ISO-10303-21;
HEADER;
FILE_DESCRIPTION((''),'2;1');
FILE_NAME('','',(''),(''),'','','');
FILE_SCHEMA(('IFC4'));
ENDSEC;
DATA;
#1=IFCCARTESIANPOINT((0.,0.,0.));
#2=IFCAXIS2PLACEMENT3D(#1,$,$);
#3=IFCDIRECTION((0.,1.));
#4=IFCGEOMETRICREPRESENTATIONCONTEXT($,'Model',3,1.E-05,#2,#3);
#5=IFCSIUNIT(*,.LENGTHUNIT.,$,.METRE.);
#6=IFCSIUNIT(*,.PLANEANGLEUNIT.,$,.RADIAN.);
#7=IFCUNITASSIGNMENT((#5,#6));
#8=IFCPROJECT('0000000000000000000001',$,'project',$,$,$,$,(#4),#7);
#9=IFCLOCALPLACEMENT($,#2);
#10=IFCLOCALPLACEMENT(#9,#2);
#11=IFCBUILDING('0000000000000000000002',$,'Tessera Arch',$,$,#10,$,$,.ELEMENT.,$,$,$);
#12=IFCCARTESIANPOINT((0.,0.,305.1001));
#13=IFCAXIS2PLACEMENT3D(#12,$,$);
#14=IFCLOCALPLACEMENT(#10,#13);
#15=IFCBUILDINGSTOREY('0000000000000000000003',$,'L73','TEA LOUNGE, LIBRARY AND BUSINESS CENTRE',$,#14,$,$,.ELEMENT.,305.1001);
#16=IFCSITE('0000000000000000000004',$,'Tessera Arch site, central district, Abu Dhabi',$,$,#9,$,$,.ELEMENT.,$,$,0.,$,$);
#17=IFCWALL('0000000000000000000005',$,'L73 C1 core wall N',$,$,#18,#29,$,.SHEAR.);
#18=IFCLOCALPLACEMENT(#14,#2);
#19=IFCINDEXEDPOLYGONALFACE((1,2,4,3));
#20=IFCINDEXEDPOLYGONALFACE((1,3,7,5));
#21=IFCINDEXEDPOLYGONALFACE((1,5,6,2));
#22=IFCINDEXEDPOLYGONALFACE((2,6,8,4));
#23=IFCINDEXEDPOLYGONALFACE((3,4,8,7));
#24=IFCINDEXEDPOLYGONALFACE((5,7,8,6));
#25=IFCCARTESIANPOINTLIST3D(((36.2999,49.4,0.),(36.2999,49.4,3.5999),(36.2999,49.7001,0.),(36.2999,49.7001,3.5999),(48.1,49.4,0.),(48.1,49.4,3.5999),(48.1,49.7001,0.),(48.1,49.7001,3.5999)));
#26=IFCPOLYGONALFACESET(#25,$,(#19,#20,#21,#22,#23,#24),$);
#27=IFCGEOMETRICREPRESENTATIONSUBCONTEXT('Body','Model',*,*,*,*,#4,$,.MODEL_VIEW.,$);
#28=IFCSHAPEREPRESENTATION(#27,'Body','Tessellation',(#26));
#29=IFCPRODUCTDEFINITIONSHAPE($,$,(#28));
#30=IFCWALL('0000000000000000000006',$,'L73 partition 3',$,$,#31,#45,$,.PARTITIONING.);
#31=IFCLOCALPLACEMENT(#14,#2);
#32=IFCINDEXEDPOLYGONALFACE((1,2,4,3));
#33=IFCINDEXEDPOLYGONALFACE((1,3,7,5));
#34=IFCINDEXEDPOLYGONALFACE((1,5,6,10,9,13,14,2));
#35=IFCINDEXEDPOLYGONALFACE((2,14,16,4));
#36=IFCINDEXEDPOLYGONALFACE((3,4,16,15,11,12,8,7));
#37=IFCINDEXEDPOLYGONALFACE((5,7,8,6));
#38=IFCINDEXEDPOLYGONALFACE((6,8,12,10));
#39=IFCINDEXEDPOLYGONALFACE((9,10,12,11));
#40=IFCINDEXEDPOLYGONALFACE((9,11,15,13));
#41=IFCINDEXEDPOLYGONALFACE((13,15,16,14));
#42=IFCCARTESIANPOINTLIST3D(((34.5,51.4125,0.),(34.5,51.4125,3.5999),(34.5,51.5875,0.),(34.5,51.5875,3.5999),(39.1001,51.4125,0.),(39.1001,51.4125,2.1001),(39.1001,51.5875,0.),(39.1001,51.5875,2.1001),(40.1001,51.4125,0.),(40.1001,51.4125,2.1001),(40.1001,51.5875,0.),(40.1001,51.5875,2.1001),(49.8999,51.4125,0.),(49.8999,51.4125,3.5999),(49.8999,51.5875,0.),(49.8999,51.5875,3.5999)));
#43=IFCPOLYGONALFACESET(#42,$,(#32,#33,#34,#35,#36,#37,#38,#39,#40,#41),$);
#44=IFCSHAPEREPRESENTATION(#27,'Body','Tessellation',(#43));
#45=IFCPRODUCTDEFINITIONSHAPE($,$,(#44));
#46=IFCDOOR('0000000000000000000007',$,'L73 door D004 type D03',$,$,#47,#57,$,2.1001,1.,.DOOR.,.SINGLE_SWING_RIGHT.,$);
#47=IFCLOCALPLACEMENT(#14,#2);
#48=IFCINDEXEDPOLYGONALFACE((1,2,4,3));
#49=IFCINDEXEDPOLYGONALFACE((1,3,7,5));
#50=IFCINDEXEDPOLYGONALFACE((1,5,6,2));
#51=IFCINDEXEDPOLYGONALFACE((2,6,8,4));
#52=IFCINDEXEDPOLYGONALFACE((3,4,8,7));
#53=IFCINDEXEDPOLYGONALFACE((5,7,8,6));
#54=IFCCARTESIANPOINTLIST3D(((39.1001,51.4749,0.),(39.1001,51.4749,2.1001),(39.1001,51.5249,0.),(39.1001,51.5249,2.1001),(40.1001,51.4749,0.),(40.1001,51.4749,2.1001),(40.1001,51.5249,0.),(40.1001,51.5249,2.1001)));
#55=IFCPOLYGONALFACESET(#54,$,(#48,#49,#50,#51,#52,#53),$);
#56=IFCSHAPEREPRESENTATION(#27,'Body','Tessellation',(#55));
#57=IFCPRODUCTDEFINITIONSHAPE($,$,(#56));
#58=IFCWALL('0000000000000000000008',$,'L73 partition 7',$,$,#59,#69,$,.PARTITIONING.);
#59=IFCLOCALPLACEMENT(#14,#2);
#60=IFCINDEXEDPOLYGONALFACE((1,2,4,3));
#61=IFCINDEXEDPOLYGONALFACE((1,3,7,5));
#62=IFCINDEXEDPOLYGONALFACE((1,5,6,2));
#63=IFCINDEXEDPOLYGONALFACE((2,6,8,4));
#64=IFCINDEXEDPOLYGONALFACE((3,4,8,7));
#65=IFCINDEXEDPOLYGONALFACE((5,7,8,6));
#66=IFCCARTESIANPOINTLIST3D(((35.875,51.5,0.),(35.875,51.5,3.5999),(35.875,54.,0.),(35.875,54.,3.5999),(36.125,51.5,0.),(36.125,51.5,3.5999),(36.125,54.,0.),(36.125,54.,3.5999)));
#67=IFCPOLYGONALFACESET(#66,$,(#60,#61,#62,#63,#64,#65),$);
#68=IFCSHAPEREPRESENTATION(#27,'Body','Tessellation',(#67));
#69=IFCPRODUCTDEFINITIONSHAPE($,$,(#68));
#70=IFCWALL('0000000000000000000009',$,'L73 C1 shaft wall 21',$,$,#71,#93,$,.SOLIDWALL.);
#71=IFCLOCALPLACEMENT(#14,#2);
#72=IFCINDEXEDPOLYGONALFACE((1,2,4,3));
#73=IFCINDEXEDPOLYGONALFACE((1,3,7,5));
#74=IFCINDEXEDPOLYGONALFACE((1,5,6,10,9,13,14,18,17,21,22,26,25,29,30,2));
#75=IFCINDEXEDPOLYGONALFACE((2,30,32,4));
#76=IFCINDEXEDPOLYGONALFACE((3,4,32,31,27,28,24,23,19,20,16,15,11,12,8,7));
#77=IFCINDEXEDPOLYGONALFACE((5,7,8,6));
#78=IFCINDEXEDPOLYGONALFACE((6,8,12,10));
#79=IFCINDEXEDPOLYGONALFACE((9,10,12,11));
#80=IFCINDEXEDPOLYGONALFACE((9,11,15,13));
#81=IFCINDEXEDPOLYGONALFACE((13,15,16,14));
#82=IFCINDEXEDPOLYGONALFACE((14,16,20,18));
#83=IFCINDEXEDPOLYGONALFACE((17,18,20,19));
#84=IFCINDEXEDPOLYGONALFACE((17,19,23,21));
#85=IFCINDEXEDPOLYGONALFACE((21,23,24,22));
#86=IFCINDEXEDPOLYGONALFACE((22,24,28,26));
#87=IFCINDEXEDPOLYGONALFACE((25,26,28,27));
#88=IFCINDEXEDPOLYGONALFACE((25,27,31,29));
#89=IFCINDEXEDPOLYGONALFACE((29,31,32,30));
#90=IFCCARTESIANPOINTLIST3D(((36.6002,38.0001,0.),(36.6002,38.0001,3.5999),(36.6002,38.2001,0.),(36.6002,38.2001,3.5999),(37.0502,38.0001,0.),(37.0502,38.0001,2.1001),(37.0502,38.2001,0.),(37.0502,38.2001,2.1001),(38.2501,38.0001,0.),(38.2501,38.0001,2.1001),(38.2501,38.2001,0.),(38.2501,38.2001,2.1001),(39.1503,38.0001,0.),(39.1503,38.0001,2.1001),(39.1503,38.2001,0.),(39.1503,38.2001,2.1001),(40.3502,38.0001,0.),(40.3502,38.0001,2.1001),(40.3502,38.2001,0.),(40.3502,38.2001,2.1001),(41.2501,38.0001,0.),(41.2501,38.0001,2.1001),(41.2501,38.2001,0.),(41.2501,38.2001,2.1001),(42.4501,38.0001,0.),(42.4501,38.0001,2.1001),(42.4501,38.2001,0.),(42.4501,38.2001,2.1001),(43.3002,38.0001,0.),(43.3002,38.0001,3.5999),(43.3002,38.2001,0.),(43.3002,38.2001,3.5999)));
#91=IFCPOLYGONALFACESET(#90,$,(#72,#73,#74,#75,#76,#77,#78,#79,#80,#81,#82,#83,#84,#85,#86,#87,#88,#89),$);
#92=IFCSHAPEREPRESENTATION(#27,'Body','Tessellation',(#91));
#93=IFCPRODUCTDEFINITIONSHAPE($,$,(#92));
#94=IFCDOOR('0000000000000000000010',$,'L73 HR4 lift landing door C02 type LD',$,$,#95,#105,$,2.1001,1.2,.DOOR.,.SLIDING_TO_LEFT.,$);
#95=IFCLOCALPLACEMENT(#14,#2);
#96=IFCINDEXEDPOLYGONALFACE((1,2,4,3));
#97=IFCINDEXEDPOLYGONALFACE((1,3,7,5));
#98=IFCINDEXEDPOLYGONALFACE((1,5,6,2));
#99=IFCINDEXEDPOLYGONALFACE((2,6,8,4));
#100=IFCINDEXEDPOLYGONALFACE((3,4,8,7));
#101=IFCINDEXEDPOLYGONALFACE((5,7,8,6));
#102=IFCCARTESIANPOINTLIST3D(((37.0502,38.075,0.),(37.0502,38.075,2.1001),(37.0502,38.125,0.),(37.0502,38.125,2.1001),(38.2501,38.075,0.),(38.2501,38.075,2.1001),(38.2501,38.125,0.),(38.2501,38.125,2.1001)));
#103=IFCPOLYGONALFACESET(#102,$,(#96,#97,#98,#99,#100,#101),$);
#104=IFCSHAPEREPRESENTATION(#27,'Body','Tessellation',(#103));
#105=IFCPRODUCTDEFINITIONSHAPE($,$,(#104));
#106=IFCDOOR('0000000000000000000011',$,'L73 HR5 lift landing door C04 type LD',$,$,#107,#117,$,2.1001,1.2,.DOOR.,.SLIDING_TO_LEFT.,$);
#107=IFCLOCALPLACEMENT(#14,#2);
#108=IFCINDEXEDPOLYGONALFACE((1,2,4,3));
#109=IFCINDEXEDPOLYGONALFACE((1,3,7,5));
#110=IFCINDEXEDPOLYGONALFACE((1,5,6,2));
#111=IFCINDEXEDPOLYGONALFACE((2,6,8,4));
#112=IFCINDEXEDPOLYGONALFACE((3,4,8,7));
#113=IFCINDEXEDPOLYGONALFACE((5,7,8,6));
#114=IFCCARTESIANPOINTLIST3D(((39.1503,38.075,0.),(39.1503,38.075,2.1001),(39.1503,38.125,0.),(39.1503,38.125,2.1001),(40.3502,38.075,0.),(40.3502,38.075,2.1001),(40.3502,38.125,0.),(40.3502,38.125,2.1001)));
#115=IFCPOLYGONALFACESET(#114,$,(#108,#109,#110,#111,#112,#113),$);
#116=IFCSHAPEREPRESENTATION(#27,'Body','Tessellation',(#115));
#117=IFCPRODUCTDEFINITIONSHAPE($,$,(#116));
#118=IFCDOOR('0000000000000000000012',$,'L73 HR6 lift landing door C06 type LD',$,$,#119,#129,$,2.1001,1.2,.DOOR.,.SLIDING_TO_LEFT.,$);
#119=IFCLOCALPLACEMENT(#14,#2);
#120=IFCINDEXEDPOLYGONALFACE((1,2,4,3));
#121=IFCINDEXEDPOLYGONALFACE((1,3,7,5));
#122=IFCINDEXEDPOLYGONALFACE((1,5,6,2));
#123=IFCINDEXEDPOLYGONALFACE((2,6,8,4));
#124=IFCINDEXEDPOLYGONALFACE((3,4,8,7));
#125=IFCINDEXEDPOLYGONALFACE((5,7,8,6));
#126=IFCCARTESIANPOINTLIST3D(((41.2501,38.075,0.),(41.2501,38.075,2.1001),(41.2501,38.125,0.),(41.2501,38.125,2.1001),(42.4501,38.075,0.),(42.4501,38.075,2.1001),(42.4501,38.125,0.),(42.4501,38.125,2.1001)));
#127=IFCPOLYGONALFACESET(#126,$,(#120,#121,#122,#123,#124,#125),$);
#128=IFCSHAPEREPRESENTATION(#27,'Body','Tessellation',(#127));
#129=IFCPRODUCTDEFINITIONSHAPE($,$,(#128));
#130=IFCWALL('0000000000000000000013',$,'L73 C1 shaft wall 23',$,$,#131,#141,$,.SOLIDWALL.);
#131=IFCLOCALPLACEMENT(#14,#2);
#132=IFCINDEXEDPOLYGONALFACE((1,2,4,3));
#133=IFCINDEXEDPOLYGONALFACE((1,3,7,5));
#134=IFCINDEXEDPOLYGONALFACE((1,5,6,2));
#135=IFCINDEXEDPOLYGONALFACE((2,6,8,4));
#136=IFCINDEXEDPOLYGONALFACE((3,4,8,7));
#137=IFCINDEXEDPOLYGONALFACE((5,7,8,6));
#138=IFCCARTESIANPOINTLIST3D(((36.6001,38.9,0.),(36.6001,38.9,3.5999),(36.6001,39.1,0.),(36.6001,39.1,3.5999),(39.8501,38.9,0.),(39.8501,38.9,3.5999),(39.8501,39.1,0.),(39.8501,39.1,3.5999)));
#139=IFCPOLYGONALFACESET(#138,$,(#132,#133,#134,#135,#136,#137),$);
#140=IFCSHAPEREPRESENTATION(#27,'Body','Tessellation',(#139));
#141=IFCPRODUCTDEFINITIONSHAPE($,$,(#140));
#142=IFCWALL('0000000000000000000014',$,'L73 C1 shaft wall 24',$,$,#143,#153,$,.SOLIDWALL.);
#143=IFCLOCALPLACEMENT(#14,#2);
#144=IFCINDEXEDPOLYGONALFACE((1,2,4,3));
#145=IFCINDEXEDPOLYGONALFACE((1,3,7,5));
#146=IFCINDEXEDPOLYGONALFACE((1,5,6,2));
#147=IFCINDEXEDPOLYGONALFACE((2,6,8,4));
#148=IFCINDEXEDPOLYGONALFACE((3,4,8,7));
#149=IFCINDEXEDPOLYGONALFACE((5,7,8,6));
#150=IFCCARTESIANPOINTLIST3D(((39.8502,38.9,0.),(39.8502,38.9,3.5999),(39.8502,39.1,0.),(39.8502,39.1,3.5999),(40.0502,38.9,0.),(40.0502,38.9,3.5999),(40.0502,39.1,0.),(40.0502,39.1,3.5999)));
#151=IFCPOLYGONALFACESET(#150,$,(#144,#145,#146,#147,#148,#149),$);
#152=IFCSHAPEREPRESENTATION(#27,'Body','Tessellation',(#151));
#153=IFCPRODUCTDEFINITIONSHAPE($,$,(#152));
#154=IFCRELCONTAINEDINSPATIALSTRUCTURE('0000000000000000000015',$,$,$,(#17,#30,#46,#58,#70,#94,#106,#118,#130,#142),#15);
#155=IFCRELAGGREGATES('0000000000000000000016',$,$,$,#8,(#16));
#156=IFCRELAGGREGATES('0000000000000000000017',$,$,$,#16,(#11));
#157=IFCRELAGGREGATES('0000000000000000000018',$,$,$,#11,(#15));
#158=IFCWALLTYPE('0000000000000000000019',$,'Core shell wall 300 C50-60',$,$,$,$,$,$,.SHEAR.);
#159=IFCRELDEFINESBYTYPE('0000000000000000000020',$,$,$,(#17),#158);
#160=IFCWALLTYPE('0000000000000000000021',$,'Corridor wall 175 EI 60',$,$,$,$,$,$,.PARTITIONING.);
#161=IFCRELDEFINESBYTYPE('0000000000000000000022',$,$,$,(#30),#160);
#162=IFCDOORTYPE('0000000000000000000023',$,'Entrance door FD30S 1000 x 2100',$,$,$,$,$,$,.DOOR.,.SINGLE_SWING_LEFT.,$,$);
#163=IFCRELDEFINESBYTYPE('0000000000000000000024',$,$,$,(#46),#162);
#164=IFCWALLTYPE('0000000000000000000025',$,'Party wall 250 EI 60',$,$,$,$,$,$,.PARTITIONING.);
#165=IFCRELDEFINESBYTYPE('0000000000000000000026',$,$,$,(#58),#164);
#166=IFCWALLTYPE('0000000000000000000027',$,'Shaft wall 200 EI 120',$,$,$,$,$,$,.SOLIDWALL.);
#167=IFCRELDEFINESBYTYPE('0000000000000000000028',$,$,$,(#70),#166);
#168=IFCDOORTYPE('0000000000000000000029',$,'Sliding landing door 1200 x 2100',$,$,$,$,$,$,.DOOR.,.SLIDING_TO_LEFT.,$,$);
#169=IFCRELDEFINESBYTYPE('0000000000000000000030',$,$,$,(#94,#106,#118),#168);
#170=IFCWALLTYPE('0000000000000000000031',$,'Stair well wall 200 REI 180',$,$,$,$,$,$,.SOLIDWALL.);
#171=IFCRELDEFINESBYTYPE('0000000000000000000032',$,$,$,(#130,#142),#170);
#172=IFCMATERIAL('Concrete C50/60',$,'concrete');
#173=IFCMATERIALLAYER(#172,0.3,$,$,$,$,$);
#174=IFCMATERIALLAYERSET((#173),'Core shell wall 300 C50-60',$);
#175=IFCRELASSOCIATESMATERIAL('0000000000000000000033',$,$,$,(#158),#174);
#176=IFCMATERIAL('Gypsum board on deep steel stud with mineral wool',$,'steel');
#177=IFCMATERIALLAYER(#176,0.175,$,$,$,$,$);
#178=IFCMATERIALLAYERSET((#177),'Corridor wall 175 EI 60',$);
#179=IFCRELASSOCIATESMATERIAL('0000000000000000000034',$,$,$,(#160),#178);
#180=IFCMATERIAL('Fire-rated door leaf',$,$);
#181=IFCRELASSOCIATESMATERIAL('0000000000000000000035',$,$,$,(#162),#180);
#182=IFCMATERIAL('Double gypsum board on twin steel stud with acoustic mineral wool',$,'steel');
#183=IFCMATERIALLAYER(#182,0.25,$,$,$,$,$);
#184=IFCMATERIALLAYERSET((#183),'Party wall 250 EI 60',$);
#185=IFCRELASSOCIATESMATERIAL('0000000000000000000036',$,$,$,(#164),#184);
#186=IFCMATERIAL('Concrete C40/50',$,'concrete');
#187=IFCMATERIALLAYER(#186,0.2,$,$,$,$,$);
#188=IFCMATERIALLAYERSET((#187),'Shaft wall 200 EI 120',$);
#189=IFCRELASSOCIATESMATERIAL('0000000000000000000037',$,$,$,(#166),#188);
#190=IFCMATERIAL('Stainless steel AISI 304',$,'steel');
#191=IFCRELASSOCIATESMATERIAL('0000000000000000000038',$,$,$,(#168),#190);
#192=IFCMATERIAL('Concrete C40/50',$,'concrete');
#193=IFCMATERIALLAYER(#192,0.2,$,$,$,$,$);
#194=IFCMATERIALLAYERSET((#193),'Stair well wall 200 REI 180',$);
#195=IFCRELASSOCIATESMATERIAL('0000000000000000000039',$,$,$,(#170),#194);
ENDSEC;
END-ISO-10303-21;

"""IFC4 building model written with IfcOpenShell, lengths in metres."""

from ifc_helpers import new_model, si_unit, direction, frame, frame_2d, origin, place, context, subcontext, project, spatial, rectangle, extrude, material, layer, layer_set, type_object, element, fill, save


model = new_model("IFC4")

# Units and contexts
model_context = context("Model", 3, precision=1e-05, world=origin(), true_north=direction((0.0, 1.0)))
body_context = subcontext(model_context, "Body", "Model", "MODEL_VIEW")
ifc_project = project(units=[si_unit("LENGTHUNIT", "METRE"), si_unit("PLANEANGLEUNIT", "RADIAN")], contexts=[model_context])

# Site, building, storey
site_placement = place(None, origin())
site = spatial("IfcSite", under=ifc_project, at=site_placement, Name="Tessera Arch site, central district, Abu Dhabi", CompositionType="ELEMENT", RefElevation=0.0)
building_placement = place(site_placement, origin())
building = spatial("IfcBuilding", under=site, at=building_placement, Name="Tessera Arch", CompositionType="ELEMENT")
storey_placement = place(building_placement, frame((0.0, 0.0, 305.1001)))
storey = spatial("IfcBuildingStorey", under=building, at=storey_placement, Name="L73", Description="TEA LOUNGE, LIBRARY AND BUSINESS CENTRE", CompositionType="ELEMENT", Elevation=305.1001)

# Wall
ifc_material_1 = material(Name="Concrete C50/60", Category="concrete")
ifc_layer_1 = layer(ifc_material_1, 0.3)
ifc_layer_set_1 = layer_set([ifc_layer_1], Name="Core shell wall 300 C50-60")
wall_type_1 = type_object("IfcWallType", Name="Core shell wall 300 C50-60", PredefinedType="SHEAR", material=ifc_layer_set_1)
wall_1_placement = place(storey_placement, frame((36.3, 49.55, 0.0), z_axis=(0.0, 0.0, 1.0), x_axis=(1.0, 0.0, 0.0)))
element("IfcWall", 1, at=wall_1_placement, inside=storey, type_object=wall_type_1, Name="L73 C1 core wall N", PredefinedType="SHEAR", context=body_context, shape_type="SweptSolid", body=[
    extrude(rectangle(XDim=11.8, YDim=0.3, at=frame_2d((5.8999, 0.0))), origin(), (0.0, 0.0, 1.0), 3.5999),
])

# Wall, opening, door
ifc_material_2 = material(Name="Gypsum board on deep steel stud with mineral wool", Category="steel")
ifc_layer_2 = layer(ifc_material_2, 0.175)
ifc_layer_set_2 = layer_set([ifc_layer_2], Name="Corridor wall 175 EI 60")
wall_type_2 = type_object("IfcWallType", Name="Corridor wall 175 EI 60", PredefinedType="PARTITIONING", material=ifc_layer_set_2)
wall_2_placement = place(storey_placement, frame((34.5, 51.5, 0.0), z_axis=(0.0, 0.0, 1.0), x_axis=(1.0, 0.0, 0.0)))
wall_2 = element("IfcWall", 2, at=wall_2_placement, inside=storey, type_object=wall_type_2, Name="L73 partition 3", PredefinedType="PARTITIONING", context=body_context, shape_type="SweptSolid", body=[
    extrude(rectangle(XDim=15.3999, YDim=0.175, at=frame_2d((7.7, 0.0))), origin(), (0.0, 0.0, 1.0), 3.5999),
])
opening_1_placement = place(wall_2_placement, frame((4.6001, 0.0, 0.0)))
opening_1 = element("IfcOpeningElement", 3, at=opening_1_placement, cuts=wall_2, PredefinedType="OPENING", context=body_context, shape_type="SweptSolid", body=[
    extrude(rectangle(XDim=1.0, YDim=2.1001, at=frame_2d((0.5, 1.05))), frame((0.0, 0.0974, 0.0), z_axis=(0.0, -1.0, 0.0), x_axis=(1.0, 0.0, 0.0)), (0.0, 0.0, 1.0), 0.1951),
])
ifc_material_3 = material(Name="Fire-rated door leaf")
door_type_1 = type_object("IfcDoorType", Name="Entrance door FD30S 1000 x 2100", OperationType="SINGLE_SWING_LEFT", PredefinedType="DOOR", material=ifc_material_3)
door_1_placement = place(opening_1_placement, origin())
door_1 = element("IfcDoor", 4, at=door_1_placement, inside=storey, type_object=door_type_1, Name="L73 door D004 type D03", OperationType="SINGLE_SWING_RIGHT", OverallHeight=2.1001, OverallWidth=1.0, PredefinedType="DOOR", context=body_context, shape_type="SweptSolid", body=[
    extrude(rectangle(XDim=1.0, YDim=2.1001, at=frame_2d((0.5, 1.05))), frame((0.0, 0.0249, 0.0), z_axis=(0.0, -1.0, 0.0), x_axis=(1.0, 0.0, 0.0)), (0.0, 0.0, 1.0), 0.05),
])
fill(opening_1, door_1)

# Wall
ifc_material_4 = material(Name="Double gypsum board on twin steel stud with acoustic mineral wool", Category="steel")
ifc_layer_3 = layer(ifc_material_4, 0.25)
ifc_layer_set_3 = layer_set([ifc_layer_3], Name="Party wall 250 EI 60")
wall_type_3 = type_object("IfcWallType", Name="Party wall 250 EI 60", PredefinedType="PARTITIONING", material=ifc_layer_set_3)
wall_3_placement = place(storey_placement, frame((36.0, 51.5, 0.0), z_axis=(0.0, 0.0, 1.0), x_axis=(0.0, 1.0, 0.0)))
element("IfcWall", 5, at=wall_3_placement, inside=storey, type_object=wall_type_3, Name="L73 partition 7", PredefinedType="PARTITIONING", context=body_context, shape_type="SweptSolid", body=[
    extrude(rectangle(XDim=2.5, YDim=0.25, at=frame_2d((1.25, 0.0))), origin(), (0.0, 0.0, 1.0), 3.5999),
])

# Wall, openings, doors
ifc_material_5 = material(Name="Concrete C40/50", Category="concrete")
ifc_layer_4 = layer(ifc_material_5, 0.2)
ifc_layer_set_4 = layer_set([ifc_layer_4], Name="Shaft wall 200 EI 120")
wall_type_4 = type_object("IfcWallType", Name="Shaft wall 200 EI 120", PredefinedType="SOLIDWALL", material=ifc_layer_set_4)
wall_4_placement = place(storey_placement, frame((36.6001, 38.1001, 0.0), z_axis=(0.0, 0.0, 1.0), x_axis=(1.0, 0.0, 0.0)))
wall_4 = element("IfcWall", 6, at=wall_4_placement, inside=storey, type_object=wall_type_4, Name="L73 C1 shaft wall 21", PredefinedType="SOLIDWALL", context=body_context, shape_type="SweptSolid", body=[
    extrude(rectangle(XDim=6.7, YDim=0.2, at=frame_2d((3.3501, 0.0))), origin(), (0.0, 0.0, 1.0), 3.5999),
])
opening_2_placement = place(wall_4_placement, frame((0.45, 0.0, 0.0)))
opening_2 = element("IfcOpeningElement", 7, at=opening_2_placement, cuts=wall_4, PredefinedType="OPENING", context=body_context, shape_type="SweptSolid", body=[
    extrude(rectangle(XDim=1.2, YDim=2.1001, at=frame_2d((0.6001, 1.05))), frame((0.0, 0.1099, 0.0), z_axis=(0.0, -1.0, 0.0), x_axis=(1.0, 0.0, 0.0)), (0.0, 0.0, 1.0), 0.22),
])
opening_3_placement = place(wall_4_placement, frame((2.55, 0.0, 0.0)))
opening_3 = element("IfcOpeningElement", 8, at=opening_3_placement, cuts=wall_4, PredefinedType="OPENING", context=body_context, shape_type="SweptSolid", body=[
    extrude(rectangle(XDim=1.2, YDim=2.1001, at=frame_2d((0.6001, 1.05))), frame((0.0, 0.1099, 0.0), z_axis=(0.0, -1.0, 0.0), x_axis=(1.0, 0.0, 0.0)), (0.0, 0.0, 1.0), 0.22),
])
opening_4_placement = place(wall_4_placement, frame((4.6499, 0.0, 0.0)))
opening_4 = element("IfcOpeningElement", 9, at=opening_4_placement, cuts=wall_4, PredefinedType="OPENING", context=body_context, shape_type="SweptSolid", body=[
    extrude(rectangle(XDim=1.2, YDim=2.1001, at=frame_2d((0.6001, 1.05))), frame((0.0, 0.1099, 0.0), z_axis=(0.0, -1.0, 0.0), x_axis=(1.0, 0.0, 0.0)), (0.0, 0.0, 1.0), 0.22),
])
ifc_material_6 = material(Name="Stainless steel AISI 304", Category="steel")
door_type_2 = type_object("IfcDoorType", Name="Sliding landing door 1200 x 2100", OperationType="SLIDING_TO_LEFT", PredefinedType="DOOR", material=ifc_material_6)
door_2_placement = place(opening_2_placement, origin())
door_2 = element("IfcDoor", 10, at=door_2_placement, inside=storey, type_object=door_type_2, Name="L73 HR4 lift landing door C02 type LD", OperationType="SLIDING_TO_LEFT", OverallHeight=2.1001, OverallWidth=1.2, PredefinedType="DOOR", context=body_context, shape_type="SweptSolid", body=[
    extrude(rectangle(XDim=1.2, YDim=2.1001, at=frame_2d((0.6001, 1.05))), frame((0.0, 0.0249, 0.0), z_axis=(0.0, -1.0, 0.0), x_axis=(1.0, 0.0, 0.0)), (0.0, 0.0, 1.0), 0.05),
])
fill(opening_2, door_2)
door_3_placement = place(opening_3_placement, origin())
door_3 = element("IfcDoor", 11, at=door_3_placement, inside=storey, type_object=door_type_2, Name="L73 HR5 lift landing door C04 type LD", OperationType="SLIDING_TO_LEFT", OverallHeight=2.1001, OverallWidth=1.2, PredefinedType="DOOR", context=body_context, shape_type="SweptSolid", body=[
    extrude(rectangle(XDim=1.2, YDim=2.1001, at=frame_2d((0.6001, 1.05))), frame((0.0, 0.0249, 0.0), z_axis=(0.0, -1.0, 0.0), x_axis=(1.0, 0.0, 0.0)), (0.0, 0.0, 1.0), 0.05),
])
fill(opening_3, door_3)
door_4_placement = place(opening_4_placement, origin())
door_4 = element("IfcDoor", 12, at=door_4_placement, inside=storey, type_object=door_type_2, Name="L73 HR6 lift landing door C06 type LD", OperationType="SLIDING_TO_LEFT", OverallHeight=2.1001, OverallWidth=1.2, PredefinedType="DOOR", context=body_context, shape_type="SweptSolid", body=[
    extrude(rectangle(XDim=1.2, YDim=2.1001, at=frame_2d((0.6001, 1.05))), frame((0.0, 0.0249, 0.0), z_axis=(0.0, -1.0, 0.0), x_axis=(1.0, 0.0, 0.0)), (0.0, 0.0, 1.0), 0.05),
])
fill(opening_4, door_4)

# Walls
ifc_material_7 = material(Name="Concrete C40/50", Category="concrete")
ifc_layer_5 = layer(ifc_material_7, 0.2)
ifc_layer_set_5 = layer_set([ifc_layer_5], Name="Stair well wall 200 REI 180")
wall_type_5 = type_object("IfcWallType", Name="Stair well wall 200 REI 180", PredefinedType="SOLIDWALL", material=ifc_layer_set_5)
wall_5_placement = place(storey_placement, frame((36.6001, 39.0, 0.0), z_axis=(0.0, 0.0, 1.0), x_axis=(1.0, 0.0, 0.0)))
element("IfcWall", 13, at=wall_5_placement, inside=storey, type_object=wall_type_5, Name="L73 C1 shaft wall 23", PredefinedType="SOLIDWALL", context=body_context, shape_type="SweptSolid", body=[
    extrude(rectangle(XDim=3.25, YDim=0.2, at=frame_2d((1.625, 0.0))), origin(), (0.0, 0.0, 1.0), 3.5999),
])
wall_6_placement = place(storey_placement, frame((39.8501, 39.0, 0.0), z_axis=(0.0, 0.0, 1.0), x_axis=(1.0, 0.0, 0.0)))
element("IfcWall", 14, at=wall_6_placement, inside=storey, type_object=wall_type_5, Name="L73 C1 shaft wall 24", PredefinedType="SOLIDWALL", context=body_context, shape_type="SweptSolid", body=[
    extrude(rectangle(XDim=0.2, YDim=0.2, at=frame_2d((0.1001, 0.0))), origin(), (0.0, 0.0, 1.0), 3.5999),
])

save(model, "model.ifc")
